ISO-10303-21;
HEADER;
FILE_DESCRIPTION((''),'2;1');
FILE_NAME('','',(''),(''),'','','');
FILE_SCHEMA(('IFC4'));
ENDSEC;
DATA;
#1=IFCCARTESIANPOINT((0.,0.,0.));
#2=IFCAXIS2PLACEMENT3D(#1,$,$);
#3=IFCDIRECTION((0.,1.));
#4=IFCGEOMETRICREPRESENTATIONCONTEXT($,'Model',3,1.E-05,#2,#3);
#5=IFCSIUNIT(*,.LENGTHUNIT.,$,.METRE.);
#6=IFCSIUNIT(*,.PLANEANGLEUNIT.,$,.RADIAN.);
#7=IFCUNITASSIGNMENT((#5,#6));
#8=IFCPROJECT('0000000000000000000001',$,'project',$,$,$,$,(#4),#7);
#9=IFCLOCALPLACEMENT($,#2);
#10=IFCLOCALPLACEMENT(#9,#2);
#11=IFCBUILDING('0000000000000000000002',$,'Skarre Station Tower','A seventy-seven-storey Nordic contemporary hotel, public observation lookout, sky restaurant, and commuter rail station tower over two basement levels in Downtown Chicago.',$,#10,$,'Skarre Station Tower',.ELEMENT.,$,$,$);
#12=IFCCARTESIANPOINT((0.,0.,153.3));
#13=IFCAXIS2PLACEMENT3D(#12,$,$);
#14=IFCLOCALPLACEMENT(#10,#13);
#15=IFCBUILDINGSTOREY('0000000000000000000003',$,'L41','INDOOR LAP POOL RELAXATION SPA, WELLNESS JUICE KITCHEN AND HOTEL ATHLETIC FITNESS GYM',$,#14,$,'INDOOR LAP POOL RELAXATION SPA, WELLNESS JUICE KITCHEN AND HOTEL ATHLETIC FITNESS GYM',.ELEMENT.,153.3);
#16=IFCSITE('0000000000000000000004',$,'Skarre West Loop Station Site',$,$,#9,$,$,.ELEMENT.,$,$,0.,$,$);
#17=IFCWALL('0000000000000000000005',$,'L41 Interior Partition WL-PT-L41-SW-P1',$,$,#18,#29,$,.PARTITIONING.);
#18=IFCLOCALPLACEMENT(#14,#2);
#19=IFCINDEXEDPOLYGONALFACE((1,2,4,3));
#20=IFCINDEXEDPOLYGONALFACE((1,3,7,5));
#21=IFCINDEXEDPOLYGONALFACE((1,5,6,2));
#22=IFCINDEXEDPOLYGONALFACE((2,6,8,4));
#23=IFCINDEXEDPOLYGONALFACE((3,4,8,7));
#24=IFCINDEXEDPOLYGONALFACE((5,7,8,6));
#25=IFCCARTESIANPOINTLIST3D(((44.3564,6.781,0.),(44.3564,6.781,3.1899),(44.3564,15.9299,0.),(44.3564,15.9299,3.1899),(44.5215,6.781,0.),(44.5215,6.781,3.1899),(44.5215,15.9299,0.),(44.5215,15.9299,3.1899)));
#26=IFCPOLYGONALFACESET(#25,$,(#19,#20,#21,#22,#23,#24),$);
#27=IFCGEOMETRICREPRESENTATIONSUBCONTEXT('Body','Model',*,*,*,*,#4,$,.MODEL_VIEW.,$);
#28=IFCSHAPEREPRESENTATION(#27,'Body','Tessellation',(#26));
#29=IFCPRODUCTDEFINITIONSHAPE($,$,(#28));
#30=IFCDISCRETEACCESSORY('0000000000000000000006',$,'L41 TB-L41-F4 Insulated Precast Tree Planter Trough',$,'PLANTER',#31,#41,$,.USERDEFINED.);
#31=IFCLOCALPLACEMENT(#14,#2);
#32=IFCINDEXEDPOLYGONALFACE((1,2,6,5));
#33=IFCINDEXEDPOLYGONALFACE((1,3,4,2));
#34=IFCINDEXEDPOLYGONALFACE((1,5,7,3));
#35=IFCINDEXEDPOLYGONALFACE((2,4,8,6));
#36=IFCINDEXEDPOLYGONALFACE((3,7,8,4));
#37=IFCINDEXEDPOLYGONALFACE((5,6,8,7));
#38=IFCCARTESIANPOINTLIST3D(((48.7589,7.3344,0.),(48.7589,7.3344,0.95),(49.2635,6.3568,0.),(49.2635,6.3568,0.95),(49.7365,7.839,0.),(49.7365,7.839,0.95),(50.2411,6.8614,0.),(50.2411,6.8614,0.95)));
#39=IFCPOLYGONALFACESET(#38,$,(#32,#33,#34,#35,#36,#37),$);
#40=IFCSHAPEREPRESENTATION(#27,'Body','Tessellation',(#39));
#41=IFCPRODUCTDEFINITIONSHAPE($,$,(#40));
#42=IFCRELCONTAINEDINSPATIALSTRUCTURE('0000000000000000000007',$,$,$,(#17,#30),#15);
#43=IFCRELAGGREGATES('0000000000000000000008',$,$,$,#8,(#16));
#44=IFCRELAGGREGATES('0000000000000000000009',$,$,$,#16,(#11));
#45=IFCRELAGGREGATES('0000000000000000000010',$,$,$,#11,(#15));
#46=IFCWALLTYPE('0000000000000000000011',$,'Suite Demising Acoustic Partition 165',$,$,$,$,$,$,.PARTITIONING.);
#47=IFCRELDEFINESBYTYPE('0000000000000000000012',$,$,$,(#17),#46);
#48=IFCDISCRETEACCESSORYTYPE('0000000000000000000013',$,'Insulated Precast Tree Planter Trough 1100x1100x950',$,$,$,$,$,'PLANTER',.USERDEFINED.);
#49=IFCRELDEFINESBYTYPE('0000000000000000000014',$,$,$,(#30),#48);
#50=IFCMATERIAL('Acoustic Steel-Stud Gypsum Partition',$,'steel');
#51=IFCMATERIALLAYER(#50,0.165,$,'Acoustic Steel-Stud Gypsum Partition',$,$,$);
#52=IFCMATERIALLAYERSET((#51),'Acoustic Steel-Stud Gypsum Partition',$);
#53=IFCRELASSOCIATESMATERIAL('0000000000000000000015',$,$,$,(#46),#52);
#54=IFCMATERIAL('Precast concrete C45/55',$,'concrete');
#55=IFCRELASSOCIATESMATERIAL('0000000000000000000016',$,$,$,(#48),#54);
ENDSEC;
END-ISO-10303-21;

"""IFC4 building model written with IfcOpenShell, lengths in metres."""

from ifc_helpers import new_model, si_unit, direction, frame, frame_2d, origin, origin_2d, place, context, subcontext, project, spatial, rectangle, extrude, material, layer, layer_set, type_object, element, save


model = new_model("IFC4")

# Units and contexts
model_context = context("Model", 3, precision=1e-05, world=origin(), true_north=direction((0.0, 1.0)))
body_context = subcontext(model_context, "Body", "Model", "MODEL_VIEW")
ifc_project = project(units=[si_unit("LENGTHUNIT", "METRE"), si_unit("PLANEANGLEUNIT", "RADIAN")], contexts=[model_context])

# Site, building, storey
site_placement = place(None, origin())
site = spatial("IfcSite", under=ifc_project, at=site_placement, Name="Skarre West Loop Station Site", CompositionType="ELEMENT", RefElevation=0.0)
building_placement = place(site_placement, origin())
building = spatial("IfcBuilding", under=site, at=building_placement, Name="Skarre Station Tower", Description="A seventy-seven-storey Nordic contemporary hotel, public observation lookout, sky restaurant, and commuter rail station tower over two basement levels in Downtown Chicago.", LongName="Skarre Station Tower", CompositionType="ELEMENT")
storey_placement = place(building_placement, frame((0.0, 0.0, 153.3)))
storey = spatial("IfcBuildingStorey", under=building, at=storey_placement, Name="L41", Description="INDOOR LAP POOL RELAXATION SPA, WELLNESS JUICE KITCHEN AND HOTEL ATHLETIC FITNESS GYM", LongName="INDOOR LAP POOL RELAXATION SPA, WELLNESS JUICE KITCHEN AND HOTEL ATHLETIC FITNESS GYM", CompositionType="ELEMENT", Elevation=153.3)

# Shared definitions
ifc_material_1 = material(Name="Acoustic Steel-Stud Gypsum Partition", Category="steel")

# Shared definitions
ifc_material_2 = material(Name="Precast concrete C45/55", Category="concrete")

# Wall
ifc_layer_1 = layer(ifc_material_1, 0.165, Name="Acoustic Steel-Stud Gypsum Partition")
ifc_layer_set_1 = layer_set([ifc_layer_1], Name="Acoustic Steel-Stud Gypsum Partition")
wall_type_1 = type_object("IfcWallType", Name="Suite Demising Acoustic Partition 165", PredefinedType="PARTITIONING", material=ifc_layer_set_1)
wall_1_placement = place(storey_placement, frame((44.439, 6.781, 0.0), z_axis=(0.0, 0.0, 1.0), x_axis=(0.0, 1.0, 0.0)))
element("IfcWall", 1, at=wall_1_placement, inside=storey, type_object=wall_type_1, Name="L41 Interior Partition WL-PT-L41-SW-P1", PredefinedType="PARTITIONING", context=body_context, shape_type="SweptSolid", body=[
    extrude(rectangle(XDim=9.1489, YDim=0.165, at=frame_2d((4.5745, 0.0))), origin(), (0.0, 0.0, 1.0), 3.1899),
])

# Discrete accessory
discrete_accessory_type = type_object("IfcDiscreteAccessoryType", Name="Insulated Precast Tree Planter Trough 1100x1100x950", ElementType="PLANTER", PredefinedType="USERDEFINED", material=ifc_material_2)
discrete_accessory_placement = place(storey_placement, frame((49.5, 7.0979, 0.0), z_axis=(0.0, 0.0, 1.0), x_axis=(0.45865, -0.888617, 0.0)))
element("IfcDiscreteAccessory", 2, at=discrete_accessory_placement, inside=storey, type_object=discrete_accessory_type, Name="L41 TB-L41-F4 Insulated Precast Tree Planter Trough", ObjectType="PLANTER", PredefinedType="USERDEFINED", context=body_context, shape_type="SweptSolid", body=[
    extrude(rectangle(XDim=1.1001, YDim=1.1001, at=origin_2d()), origin(), (0.0, 0.0, 1.0), 0.95),
])

save(model, "model.ifc")
